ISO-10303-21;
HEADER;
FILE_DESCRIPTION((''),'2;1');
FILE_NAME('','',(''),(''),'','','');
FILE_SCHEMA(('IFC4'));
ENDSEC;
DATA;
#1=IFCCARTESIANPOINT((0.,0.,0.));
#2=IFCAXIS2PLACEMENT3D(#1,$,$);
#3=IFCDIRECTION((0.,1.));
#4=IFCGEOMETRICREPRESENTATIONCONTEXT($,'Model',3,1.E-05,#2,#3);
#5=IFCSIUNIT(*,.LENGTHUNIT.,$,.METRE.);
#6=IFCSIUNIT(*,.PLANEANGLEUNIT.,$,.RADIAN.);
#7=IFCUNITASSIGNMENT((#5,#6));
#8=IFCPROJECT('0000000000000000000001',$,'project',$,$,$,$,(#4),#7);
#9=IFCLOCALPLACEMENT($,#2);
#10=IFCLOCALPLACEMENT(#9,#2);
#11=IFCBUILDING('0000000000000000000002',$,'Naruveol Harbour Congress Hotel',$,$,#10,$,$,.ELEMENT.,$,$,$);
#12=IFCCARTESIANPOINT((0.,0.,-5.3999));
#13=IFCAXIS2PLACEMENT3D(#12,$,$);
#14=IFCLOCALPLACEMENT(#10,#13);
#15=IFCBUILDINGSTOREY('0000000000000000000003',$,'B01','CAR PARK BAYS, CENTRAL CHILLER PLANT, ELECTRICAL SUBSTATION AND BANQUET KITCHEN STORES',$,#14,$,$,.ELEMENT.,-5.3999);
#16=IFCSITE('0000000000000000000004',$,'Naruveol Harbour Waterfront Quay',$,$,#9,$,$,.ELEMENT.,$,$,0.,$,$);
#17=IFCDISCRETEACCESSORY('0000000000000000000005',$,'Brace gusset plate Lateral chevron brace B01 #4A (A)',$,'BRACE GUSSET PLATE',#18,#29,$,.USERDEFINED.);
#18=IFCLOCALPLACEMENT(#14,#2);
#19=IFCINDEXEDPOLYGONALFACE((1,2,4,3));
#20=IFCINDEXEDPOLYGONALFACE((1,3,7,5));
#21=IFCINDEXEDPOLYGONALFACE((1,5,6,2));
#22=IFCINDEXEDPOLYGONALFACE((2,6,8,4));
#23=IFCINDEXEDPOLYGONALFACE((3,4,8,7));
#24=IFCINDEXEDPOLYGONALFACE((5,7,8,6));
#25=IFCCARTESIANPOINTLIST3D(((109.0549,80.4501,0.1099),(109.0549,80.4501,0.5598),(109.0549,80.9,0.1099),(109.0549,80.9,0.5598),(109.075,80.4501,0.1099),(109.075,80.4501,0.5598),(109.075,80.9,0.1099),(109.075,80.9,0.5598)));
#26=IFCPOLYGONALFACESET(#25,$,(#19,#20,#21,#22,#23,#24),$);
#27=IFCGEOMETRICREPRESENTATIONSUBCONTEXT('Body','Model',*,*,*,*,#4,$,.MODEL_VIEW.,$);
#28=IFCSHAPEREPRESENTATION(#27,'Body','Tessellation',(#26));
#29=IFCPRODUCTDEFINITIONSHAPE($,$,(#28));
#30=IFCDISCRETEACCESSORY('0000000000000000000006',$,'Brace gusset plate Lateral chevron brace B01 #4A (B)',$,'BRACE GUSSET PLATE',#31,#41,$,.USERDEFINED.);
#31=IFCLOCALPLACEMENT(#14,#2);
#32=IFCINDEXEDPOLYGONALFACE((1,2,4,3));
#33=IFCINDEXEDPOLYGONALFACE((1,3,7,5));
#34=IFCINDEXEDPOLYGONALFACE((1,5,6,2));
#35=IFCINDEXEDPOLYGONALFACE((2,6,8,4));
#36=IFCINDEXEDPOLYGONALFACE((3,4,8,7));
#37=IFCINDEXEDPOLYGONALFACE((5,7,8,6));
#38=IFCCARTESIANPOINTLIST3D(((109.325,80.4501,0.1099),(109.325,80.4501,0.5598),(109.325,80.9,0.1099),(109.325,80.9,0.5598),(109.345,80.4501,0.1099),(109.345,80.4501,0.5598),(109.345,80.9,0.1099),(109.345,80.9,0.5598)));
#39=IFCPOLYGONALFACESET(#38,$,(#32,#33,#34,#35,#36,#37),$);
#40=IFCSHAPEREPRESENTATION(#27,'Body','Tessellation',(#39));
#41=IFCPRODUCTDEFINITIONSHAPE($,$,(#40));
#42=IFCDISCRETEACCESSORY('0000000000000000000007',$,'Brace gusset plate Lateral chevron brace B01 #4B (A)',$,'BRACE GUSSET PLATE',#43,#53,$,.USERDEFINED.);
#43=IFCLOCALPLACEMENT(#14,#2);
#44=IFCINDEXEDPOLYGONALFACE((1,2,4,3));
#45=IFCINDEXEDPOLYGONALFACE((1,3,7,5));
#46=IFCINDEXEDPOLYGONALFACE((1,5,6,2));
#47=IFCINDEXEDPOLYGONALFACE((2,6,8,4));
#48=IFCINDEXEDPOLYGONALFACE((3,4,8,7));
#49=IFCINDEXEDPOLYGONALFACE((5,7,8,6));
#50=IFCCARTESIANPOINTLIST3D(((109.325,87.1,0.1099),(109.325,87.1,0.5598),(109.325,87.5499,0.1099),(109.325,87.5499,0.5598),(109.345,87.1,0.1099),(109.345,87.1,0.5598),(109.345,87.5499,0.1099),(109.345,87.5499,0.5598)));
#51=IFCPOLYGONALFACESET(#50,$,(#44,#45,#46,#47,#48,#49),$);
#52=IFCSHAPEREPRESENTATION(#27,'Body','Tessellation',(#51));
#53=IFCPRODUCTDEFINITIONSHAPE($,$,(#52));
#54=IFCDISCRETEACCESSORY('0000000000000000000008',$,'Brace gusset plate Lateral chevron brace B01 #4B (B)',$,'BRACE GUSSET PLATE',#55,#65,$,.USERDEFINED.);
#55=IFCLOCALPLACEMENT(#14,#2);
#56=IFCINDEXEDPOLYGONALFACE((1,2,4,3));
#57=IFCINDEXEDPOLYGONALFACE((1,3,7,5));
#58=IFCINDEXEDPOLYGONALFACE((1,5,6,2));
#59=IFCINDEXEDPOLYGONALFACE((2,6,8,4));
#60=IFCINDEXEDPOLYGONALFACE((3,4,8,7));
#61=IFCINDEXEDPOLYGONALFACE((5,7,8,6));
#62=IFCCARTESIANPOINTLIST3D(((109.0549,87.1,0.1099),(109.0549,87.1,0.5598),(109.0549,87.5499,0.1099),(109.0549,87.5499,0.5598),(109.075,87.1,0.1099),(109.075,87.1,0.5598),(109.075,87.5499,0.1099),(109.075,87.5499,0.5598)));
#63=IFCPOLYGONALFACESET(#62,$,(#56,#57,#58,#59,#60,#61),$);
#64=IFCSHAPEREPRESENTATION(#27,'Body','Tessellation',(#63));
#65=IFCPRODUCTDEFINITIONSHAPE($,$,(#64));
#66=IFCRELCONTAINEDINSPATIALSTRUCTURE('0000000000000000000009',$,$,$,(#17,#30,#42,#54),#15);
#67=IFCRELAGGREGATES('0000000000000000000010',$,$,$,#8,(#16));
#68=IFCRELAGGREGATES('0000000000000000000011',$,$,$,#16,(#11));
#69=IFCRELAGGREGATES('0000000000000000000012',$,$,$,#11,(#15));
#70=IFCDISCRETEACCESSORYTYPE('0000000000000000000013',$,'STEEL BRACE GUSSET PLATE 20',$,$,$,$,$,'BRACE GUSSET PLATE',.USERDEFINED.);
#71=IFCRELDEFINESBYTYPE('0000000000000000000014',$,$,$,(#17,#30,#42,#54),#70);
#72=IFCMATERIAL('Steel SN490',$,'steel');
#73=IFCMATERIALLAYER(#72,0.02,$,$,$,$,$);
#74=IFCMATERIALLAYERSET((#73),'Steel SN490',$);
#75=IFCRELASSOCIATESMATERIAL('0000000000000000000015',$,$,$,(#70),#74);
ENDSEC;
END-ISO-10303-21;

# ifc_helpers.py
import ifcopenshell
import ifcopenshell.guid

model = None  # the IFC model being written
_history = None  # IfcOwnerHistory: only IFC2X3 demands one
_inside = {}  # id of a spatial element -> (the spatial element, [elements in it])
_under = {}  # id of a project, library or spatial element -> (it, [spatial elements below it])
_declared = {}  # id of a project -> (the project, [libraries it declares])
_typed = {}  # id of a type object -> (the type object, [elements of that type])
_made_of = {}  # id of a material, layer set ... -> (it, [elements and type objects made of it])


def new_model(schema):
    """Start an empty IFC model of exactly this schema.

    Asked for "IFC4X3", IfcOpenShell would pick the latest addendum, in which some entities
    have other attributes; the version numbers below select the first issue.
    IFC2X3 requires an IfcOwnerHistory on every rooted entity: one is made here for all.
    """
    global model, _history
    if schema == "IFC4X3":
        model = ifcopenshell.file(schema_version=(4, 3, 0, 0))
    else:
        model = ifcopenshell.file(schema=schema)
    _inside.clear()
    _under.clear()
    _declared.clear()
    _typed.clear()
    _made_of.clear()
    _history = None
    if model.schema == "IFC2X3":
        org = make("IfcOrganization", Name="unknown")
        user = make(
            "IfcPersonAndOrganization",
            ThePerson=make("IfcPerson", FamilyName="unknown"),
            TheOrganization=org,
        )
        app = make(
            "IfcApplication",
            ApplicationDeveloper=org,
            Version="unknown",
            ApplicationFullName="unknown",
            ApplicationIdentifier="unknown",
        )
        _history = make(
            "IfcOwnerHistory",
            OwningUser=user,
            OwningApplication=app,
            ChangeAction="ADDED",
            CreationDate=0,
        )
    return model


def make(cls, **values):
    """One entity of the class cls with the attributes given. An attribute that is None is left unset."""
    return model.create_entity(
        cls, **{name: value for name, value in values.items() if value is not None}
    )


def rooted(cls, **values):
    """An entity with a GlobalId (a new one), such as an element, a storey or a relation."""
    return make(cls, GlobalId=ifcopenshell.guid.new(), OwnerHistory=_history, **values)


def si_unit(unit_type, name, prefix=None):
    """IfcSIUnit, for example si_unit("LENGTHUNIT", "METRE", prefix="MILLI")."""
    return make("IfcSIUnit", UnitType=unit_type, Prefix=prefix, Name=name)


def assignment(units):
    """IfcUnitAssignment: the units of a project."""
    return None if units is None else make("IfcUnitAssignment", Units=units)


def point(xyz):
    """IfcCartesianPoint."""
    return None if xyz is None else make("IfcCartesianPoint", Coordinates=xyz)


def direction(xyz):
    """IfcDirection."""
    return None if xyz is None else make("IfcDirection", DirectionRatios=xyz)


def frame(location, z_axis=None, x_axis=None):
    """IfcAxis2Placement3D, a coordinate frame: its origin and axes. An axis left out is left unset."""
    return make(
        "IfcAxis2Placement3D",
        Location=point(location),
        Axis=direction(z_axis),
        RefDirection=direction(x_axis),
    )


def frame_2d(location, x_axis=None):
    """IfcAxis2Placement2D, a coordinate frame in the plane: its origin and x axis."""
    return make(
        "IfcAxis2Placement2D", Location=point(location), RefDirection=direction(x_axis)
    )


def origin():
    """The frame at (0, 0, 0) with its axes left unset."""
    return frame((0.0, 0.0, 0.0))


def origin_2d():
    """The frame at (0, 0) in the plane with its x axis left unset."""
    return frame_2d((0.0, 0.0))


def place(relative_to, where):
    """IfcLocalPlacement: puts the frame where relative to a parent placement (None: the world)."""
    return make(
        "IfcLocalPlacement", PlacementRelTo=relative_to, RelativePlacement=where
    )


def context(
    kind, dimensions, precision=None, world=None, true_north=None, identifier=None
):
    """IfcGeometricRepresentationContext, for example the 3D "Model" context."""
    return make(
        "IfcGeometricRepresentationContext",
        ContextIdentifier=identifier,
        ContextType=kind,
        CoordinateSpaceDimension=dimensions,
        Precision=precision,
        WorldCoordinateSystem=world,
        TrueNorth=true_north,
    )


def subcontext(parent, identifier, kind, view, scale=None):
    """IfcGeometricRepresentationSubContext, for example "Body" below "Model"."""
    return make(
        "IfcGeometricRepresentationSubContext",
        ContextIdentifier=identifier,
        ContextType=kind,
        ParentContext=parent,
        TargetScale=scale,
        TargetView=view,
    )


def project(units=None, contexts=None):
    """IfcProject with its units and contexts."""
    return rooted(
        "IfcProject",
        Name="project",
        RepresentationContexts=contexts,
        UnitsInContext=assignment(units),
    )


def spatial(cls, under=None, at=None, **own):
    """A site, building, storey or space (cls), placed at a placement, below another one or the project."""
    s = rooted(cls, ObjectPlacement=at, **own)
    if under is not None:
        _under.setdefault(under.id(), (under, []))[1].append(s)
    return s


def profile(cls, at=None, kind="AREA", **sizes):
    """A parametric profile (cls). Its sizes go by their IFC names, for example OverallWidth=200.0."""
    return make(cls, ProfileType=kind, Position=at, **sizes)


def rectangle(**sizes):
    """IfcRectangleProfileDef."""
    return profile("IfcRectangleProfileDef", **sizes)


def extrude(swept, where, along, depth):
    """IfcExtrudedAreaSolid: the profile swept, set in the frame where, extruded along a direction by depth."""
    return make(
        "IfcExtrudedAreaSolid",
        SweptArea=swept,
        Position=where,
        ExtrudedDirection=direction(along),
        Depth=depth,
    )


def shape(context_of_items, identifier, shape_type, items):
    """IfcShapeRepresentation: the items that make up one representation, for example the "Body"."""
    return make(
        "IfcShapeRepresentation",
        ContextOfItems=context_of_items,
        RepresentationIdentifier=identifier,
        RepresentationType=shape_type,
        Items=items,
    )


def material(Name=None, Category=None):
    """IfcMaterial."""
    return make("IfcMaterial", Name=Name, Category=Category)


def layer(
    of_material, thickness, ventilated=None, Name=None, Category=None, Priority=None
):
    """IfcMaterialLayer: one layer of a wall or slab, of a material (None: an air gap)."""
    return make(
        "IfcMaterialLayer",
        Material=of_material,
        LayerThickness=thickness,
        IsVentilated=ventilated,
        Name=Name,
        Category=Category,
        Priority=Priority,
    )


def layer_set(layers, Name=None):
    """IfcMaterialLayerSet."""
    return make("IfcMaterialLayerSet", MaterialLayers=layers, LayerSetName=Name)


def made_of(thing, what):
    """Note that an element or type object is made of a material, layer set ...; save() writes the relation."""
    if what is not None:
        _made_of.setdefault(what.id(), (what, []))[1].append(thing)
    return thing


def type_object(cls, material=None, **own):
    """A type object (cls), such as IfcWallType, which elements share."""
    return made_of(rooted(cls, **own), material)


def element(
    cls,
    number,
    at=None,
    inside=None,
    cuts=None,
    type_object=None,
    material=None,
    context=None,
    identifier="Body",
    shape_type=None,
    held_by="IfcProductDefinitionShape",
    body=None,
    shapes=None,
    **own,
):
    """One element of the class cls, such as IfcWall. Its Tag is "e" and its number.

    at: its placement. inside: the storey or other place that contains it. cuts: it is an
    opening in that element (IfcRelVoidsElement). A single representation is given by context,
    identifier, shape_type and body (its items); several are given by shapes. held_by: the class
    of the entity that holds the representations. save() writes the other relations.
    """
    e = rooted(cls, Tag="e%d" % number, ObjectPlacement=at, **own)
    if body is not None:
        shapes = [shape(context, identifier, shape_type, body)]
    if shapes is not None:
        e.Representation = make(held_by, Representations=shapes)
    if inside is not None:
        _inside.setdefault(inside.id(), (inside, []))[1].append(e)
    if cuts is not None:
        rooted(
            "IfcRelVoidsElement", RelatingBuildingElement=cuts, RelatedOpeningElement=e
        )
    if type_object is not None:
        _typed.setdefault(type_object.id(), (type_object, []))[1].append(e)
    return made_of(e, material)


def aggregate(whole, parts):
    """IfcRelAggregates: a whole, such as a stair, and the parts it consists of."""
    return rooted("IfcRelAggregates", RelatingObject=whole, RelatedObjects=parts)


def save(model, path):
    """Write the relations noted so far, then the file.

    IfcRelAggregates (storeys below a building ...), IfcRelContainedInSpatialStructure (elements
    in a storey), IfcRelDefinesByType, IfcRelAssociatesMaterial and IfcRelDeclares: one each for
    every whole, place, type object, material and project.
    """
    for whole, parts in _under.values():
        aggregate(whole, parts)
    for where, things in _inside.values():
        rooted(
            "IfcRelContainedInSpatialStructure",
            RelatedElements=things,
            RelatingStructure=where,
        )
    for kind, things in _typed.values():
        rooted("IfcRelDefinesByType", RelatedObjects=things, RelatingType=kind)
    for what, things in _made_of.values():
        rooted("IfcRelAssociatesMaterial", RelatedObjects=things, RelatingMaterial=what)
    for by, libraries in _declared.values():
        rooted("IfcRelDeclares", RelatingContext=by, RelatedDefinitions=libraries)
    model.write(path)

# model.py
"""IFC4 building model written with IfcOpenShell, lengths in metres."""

from ifc_helpers import new_model, si_unit, direction, frame, origin, origin_2d, place, context, subcontext, project, spatial, rectangle, extrude, material, layer, layer_set, type_object, element, save


model = new_model("IFC4")

# Units and contexts
model_context = context("Model", 3, precision=1e-05, world=origin(), true_north=direction((0.0, 1.0)))
body_context = subcontext(model_context, "Body", "Model", "MODEL_VIEW")
ifc_project = project(units=[si_unit("LENGTHUNIT", "METRE"), si_unit("PLANEANGLEUNIT", "RADIAN")], contexts=[model_context])

# Site, building, storey
site_placement = place(None, origin())
site = spatial("IfcSite", under=ifc_project, at=site_placement, Name="Naruveol Harbour Waterfront Quay", CompositionType="ELEMENT", RefElevation=0.0)
building_placement = place(site_placement, origin())
building = spatial("IfcBuilding", under=site, at=building_placement, Name="Naruveol Harbour Congress Hotel", CompositionType="ELEMENT")
storey_placement = place(building_placement, frame((0.0, 0.0, -5.3999)))
storey = spatial("IfcBuildingStorey", under=building, at=storey_placement, Name="B01", Description="CAR PARK BAYS, CENTRAL CHILLER PLANT, ELECTRICAL SUBSTATION AND BANQUET KITCHEN STORES", CompositionType="ELEMENT", Elevation=-5.3999)

# Discrete accessories
ifc_material_1 = material(Name="Steel SN490", Category="steel")
ifc_layer = layer(ifc_material_1, 0.02)
ifc_layer_set = layer_set([ifc_layer], Name="Steel SN490")
discrete_accessory_type = type_object("IfcDiscreteAccessoryType", Name="STEEL BRACE GUSSET PLATE 20", ElementType="BRACE GUSSET PLATE", PredefinedType="USERDEFINED", material=ifc_layer_set)
for number, where, z_axis, x_axis, name in (
    (1, (109.0649, 80.675, 0.1099), (0.0, 0.0, 1.0), (0.0, 1.0, 0.0), "Brace gusset plate Lateral chevron brace B01 #4A (A)"),
    (2, (109.335, 80.675, 0.1099), (0.0, 0.0, 1.0), (0.0, 1.0, 0.0), "Brace gusset plate Lateral chevron brace B01 #4A (B)"),
    (3, (109.335, 87.325, 0.1099), (0.0, 0.0, 1.0), (0.0, -1.0, 0.0), "Brace gusset plate Lateral chevron brace B01 #4B (A)"),
    (4, (109.0649, 87.325, 0.1099), (0.0, 0.0, 1.0), (0.0, -1.0, 0.0), "Brace gusset plate Lateral chevron brace B01 #4B (B)"),
):
    element("IfcDiscreteAccessory", number, at=place(storey_placement, frame(where, z_axis=z_axis, x_axis=x_axis)), inside=storey, type_object=discrete_accessory_type, Name=name, ObjectType="BRACE GUSSET PLATE", PredefinedType="USERDEFINED", context=body_context, shape_type="SweptSolid", body=[
        extrude(rectangle(XDim=0.45, YDim=0.02, at=origin_2d()), origin(), (0.0, 0.0, 1.0), 0.45),
    ])

save(model, "model.ifc")
